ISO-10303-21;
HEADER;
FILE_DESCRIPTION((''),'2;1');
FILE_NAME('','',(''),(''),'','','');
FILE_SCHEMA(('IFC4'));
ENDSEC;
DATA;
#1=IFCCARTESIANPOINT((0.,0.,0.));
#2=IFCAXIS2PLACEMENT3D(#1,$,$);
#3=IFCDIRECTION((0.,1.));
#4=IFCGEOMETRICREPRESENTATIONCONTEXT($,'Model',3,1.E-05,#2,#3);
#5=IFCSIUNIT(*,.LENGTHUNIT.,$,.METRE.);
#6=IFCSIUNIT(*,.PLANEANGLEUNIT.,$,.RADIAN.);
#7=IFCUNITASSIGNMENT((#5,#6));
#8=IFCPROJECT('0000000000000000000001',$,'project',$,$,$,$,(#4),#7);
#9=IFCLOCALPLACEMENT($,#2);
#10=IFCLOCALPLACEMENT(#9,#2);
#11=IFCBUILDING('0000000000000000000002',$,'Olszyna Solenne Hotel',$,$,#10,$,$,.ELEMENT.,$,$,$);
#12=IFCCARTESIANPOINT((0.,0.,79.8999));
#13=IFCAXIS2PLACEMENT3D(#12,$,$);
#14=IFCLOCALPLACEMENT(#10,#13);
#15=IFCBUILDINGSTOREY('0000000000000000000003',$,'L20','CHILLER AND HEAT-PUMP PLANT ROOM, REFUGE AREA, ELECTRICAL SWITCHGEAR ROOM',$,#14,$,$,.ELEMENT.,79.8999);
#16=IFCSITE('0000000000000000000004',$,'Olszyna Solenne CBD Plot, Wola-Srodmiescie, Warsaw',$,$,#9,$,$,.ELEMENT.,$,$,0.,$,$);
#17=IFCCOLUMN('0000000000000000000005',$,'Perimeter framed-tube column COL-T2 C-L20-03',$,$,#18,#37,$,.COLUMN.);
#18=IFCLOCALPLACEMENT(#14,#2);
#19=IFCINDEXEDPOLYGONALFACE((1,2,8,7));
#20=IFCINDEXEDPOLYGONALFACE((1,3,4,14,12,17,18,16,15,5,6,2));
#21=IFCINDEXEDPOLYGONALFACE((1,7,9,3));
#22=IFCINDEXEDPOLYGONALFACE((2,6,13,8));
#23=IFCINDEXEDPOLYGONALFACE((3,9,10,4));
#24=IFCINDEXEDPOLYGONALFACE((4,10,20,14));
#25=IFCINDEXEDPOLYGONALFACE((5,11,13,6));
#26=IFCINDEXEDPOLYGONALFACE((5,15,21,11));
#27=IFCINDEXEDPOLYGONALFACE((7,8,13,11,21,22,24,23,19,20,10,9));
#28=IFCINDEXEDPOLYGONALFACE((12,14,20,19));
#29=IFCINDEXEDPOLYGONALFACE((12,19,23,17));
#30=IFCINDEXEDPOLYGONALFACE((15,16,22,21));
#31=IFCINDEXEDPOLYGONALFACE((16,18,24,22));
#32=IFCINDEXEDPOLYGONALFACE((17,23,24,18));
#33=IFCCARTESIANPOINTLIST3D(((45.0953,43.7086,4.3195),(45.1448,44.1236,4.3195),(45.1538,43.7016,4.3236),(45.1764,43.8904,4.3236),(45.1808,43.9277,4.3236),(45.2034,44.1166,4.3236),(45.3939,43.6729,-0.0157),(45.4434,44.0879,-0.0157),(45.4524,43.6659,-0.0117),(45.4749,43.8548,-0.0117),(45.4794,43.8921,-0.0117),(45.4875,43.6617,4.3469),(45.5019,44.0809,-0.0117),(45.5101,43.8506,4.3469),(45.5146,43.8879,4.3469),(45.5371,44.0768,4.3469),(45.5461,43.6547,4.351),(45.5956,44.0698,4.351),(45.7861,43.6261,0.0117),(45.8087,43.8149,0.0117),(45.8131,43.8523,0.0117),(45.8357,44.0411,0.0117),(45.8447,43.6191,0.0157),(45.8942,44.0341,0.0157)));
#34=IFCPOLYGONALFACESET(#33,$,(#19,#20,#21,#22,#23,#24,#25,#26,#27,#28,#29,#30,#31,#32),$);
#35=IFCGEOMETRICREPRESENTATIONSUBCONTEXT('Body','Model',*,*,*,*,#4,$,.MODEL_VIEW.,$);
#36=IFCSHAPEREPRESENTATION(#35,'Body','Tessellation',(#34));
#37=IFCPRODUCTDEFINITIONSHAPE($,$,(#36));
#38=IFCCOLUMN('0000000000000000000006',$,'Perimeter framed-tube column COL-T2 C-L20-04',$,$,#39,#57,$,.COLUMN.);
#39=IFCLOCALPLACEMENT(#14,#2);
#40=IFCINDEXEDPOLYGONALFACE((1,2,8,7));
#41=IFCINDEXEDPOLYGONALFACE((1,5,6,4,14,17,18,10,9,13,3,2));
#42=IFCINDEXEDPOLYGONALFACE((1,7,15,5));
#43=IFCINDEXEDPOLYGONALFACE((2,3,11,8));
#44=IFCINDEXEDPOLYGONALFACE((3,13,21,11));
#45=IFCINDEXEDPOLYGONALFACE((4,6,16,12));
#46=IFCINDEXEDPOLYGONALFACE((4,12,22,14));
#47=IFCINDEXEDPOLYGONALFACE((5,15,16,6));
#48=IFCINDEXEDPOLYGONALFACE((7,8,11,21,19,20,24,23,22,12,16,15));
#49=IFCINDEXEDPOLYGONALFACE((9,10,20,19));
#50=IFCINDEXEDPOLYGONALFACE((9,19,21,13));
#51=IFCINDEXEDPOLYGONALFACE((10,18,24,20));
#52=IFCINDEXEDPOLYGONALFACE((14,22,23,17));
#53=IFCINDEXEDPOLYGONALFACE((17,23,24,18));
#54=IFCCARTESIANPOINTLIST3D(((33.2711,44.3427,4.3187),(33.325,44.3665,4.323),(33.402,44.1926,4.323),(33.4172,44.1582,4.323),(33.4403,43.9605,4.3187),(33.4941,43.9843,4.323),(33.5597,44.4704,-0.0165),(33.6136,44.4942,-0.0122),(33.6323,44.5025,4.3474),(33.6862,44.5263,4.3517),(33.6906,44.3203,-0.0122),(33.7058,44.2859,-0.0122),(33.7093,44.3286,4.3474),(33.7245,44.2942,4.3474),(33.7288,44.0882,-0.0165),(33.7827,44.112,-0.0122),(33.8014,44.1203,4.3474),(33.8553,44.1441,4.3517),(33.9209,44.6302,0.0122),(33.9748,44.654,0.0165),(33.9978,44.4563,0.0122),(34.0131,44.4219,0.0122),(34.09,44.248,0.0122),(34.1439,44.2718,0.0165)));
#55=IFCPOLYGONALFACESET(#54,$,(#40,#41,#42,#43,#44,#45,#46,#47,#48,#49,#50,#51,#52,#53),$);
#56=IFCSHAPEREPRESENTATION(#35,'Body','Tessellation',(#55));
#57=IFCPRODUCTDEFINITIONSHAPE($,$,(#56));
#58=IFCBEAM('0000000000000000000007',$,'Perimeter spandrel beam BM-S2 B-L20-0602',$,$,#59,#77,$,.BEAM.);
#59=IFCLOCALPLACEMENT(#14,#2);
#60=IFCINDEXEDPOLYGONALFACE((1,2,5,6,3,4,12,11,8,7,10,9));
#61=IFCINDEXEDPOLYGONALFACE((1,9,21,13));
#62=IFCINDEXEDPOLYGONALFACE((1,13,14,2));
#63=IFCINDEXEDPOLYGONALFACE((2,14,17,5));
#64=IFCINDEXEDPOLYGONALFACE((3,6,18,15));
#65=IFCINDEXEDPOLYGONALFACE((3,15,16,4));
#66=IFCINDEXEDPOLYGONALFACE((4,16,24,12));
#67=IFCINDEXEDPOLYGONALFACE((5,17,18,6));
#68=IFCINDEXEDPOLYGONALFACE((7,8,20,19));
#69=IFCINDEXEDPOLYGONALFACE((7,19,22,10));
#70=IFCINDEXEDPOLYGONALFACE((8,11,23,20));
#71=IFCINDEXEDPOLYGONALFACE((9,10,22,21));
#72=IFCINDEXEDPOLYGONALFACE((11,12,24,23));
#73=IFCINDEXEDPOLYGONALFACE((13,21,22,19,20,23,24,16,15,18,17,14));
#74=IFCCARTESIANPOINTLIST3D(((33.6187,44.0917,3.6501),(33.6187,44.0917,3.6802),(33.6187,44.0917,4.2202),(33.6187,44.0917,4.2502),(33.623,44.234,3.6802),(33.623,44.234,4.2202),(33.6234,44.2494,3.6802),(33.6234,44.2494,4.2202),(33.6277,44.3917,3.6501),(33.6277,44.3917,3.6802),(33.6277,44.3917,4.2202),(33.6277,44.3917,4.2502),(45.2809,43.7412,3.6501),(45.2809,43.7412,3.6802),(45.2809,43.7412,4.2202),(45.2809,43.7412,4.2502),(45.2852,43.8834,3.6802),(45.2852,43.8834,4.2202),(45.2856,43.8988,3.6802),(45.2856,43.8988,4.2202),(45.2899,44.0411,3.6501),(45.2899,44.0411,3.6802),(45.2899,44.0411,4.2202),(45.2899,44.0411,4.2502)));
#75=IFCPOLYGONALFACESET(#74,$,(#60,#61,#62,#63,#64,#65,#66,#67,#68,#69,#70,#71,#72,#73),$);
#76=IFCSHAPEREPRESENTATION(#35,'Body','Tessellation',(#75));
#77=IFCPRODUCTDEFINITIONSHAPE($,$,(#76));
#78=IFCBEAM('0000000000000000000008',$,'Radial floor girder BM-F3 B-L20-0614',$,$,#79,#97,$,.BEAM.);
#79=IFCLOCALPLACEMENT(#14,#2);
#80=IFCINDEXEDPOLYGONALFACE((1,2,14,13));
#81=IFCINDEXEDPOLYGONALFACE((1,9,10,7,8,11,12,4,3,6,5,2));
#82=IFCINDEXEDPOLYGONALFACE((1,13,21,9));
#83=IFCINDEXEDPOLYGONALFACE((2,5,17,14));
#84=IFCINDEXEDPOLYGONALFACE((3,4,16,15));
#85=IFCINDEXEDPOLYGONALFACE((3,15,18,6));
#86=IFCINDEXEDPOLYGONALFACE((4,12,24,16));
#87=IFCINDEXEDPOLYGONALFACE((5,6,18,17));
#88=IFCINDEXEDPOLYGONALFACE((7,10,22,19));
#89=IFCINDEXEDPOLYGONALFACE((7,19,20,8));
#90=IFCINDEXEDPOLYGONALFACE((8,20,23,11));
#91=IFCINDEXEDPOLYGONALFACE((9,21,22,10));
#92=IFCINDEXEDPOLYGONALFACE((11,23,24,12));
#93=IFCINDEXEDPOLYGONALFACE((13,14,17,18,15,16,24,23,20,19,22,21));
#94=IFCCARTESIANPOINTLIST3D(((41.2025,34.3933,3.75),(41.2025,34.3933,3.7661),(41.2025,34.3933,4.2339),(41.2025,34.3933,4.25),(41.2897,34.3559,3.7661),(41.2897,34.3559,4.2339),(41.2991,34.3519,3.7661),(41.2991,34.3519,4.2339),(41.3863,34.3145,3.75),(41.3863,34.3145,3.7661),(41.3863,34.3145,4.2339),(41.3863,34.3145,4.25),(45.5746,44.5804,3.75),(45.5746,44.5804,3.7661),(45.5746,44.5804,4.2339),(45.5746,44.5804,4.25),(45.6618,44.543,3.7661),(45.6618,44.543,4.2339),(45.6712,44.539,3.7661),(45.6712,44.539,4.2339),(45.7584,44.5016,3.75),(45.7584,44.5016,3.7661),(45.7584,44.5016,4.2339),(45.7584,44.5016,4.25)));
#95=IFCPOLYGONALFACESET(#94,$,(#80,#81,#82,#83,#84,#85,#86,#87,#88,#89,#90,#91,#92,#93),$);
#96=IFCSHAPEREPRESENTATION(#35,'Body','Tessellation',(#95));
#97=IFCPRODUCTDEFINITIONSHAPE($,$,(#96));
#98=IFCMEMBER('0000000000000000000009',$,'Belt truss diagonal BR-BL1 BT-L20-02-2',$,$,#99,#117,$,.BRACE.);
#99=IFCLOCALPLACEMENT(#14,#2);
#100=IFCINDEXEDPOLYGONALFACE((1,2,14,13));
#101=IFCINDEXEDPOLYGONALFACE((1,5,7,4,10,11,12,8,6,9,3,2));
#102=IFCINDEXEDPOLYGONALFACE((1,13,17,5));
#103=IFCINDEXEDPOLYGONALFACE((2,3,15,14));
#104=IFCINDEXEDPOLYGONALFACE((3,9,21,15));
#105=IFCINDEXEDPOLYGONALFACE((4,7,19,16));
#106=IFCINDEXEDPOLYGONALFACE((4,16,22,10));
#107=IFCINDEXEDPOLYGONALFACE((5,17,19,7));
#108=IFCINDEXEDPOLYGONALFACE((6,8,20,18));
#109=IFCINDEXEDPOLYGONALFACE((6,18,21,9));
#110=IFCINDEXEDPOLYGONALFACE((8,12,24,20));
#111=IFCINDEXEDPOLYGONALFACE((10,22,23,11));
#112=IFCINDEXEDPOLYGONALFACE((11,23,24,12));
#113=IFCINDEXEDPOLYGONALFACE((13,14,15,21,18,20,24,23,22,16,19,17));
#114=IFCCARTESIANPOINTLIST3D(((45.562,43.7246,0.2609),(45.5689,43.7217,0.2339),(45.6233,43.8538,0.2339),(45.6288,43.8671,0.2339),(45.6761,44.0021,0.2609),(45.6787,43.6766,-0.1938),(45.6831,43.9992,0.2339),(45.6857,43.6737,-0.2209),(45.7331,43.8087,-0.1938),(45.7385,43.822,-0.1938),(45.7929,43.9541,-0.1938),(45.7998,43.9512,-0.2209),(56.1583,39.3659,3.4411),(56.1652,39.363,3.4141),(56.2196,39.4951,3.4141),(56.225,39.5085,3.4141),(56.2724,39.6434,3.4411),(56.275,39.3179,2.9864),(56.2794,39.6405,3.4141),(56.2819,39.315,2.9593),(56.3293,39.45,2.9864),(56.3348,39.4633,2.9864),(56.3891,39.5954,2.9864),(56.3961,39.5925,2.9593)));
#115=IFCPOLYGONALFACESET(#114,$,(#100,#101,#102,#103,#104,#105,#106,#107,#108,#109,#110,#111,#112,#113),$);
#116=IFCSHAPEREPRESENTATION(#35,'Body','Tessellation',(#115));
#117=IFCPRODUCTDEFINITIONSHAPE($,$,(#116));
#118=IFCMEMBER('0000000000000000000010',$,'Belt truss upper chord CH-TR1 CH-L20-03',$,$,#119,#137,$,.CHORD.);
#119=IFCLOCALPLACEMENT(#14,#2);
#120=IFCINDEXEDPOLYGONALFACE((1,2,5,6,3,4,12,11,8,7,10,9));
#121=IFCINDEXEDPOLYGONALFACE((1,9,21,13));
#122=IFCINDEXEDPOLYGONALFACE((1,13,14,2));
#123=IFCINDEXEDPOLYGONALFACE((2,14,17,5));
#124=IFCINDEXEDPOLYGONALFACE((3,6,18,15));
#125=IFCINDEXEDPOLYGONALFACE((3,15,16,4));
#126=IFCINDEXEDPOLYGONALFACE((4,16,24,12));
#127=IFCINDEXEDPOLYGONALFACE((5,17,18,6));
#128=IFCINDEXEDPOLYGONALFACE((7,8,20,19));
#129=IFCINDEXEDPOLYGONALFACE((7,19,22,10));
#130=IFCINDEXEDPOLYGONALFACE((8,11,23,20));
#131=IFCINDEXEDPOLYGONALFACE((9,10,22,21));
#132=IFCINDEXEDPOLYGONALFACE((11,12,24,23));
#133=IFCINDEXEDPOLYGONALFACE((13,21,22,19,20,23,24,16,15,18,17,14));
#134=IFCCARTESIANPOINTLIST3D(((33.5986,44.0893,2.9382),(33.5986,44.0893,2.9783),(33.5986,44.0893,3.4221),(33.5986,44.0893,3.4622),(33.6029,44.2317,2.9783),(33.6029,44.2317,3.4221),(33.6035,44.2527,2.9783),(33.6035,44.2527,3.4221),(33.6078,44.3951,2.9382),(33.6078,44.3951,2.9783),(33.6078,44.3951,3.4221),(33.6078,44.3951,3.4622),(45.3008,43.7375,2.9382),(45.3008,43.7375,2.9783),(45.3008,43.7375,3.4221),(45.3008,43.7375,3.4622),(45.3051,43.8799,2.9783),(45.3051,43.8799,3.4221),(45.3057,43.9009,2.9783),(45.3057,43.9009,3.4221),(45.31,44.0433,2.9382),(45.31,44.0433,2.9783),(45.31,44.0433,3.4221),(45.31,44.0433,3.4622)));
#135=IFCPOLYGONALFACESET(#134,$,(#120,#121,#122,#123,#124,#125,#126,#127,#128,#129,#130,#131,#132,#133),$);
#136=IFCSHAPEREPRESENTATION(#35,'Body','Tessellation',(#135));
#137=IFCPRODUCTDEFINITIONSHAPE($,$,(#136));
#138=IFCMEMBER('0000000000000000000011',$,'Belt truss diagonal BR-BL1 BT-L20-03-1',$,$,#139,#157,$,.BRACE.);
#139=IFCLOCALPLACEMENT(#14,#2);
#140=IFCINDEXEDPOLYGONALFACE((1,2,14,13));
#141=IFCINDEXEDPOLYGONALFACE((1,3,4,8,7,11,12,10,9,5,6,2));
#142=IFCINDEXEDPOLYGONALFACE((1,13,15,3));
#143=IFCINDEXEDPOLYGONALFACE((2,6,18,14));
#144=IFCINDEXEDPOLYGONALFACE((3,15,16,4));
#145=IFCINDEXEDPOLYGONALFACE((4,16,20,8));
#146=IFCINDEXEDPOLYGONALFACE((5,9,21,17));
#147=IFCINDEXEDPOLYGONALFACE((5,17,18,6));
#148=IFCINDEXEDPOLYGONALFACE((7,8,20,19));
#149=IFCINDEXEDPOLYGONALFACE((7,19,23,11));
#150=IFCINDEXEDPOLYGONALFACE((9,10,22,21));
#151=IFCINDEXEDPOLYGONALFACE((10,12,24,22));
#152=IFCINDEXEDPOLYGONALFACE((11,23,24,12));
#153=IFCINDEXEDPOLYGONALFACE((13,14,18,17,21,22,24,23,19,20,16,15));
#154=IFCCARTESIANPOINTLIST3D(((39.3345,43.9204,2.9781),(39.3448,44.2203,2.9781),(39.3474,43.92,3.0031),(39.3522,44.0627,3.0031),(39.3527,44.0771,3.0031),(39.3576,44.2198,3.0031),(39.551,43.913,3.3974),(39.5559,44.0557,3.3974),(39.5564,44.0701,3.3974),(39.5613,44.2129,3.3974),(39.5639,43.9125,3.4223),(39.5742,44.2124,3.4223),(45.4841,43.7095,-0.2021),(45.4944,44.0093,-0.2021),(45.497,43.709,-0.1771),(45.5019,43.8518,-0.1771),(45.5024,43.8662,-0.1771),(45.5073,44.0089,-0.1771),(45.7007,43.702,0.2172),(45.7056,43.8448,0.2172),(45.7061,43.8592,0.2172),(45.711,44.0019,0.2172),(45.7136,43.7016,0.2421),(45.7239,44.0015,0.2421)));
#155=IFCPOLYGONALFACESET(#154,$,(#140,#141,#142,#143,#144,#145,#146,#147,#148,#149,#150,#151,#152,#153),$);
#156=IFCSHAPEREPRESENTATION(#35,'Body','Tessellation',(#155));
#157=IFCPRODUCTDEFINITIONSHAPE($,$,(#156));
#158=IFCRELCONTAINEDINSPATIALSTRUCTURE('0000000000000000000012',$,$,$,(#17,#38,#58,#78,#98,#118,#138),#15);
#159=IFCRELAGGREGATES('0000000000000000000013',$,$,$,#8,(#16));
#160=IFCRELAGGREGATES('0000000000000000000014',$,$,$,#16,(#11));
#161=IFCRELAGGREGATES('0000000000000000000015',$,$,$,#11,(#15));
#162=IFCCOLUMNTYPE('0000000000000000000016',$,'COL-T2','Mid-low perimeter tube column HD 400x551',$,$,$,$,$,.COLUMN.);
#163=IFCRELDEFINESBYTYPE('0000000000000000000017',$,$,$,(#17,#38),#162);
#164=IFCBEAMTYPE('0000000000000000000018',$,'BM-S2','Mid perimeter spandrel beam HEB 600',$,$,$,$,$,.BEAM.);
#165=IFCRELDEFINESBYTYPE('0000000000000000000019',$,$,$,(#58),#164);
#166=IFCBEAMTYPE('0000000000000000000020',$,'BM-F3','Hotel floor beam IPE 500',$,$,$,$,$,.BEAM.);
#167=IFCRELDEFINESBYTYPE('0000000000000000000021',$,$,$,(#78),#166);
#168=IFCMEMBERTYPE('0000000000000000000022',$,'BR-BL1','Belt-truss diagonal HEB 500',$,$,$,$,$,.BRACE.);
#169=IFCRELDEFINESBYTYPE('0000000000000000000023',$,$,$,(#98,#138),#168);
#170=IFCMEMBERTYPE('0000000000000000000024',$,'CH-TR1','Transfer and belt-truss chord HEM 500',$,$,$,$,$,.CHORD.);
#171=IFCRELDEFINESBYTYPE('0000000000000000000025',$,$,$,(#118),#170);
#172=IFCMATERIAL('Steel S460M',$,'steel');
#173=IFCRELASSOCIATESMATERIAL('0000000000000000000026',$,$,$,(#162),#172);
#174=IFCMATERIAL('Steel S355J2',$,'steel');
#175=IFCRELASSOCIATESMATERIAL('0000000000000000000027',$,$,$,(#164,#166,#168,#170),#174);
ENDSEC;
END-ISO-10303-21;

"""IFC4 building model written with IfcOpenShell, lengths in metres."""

from ifc_helpers import new_model, si_unit, direction, frame, origin, origin_2d, place, context, subcontext, project, spatial, i_section, extrude, source, transform, mapped, material, material_profile, profile_set, type_object, element, save


model = new_model("IFC4")

# Units and contexts
model_context = context("Model", 3, precision=1e-05, world=origin(), true_north=direction((0.0, 1.0)))
body_context = subcontext(model_context, "Body", "Model", "MODEL_VIEW")
ifc_project = project(units=[si_unit("LENGTHUNIT", "METRE"), si_unit("PLANEANGLEUNIT", "RADIAN")], contexts=[model_context])

# Site, building, storey
site_placement = place(None, origin())
site = spatial("IfcSite", under=ifc_project, at=site_placement, Name="Olszyna Solenne CBD Plot, Wola-Srodmiescie, Warsaw", CompositionType="ELEMENT", RefElevation=0.0)
building_placement = place(site_placement, origin())
building = spatial("IfcBuilding", under=site, at=building_placement, Name="Olszyna Solenne Hotel", CompositionType="ELEMENT")
storey_placement = place(building_placement, frame((0.0, 0.0, 79.8999)))
storey = spatial("IfcBuildingStorey", under=building, at=storey_placement, Name="L20", Description="CHILLER AND HEAT-PUMP PLANT ROOM, REFUGE AREA, ELECTRICAL SWITCHGEAR ROOM", CompositionType="ELEMENT", Elevation=79.8999)

# Columns
ifc_material_1 = material(Name="Steel S460M", Category="steel")
ifc_material_profile_1 = material_profile(ifc_material_1, i_section(OverallWidth=0.418, OverallDepth=0.4551, WebThickness=0.0376, FlangeThickness=0.0591, at=origin_2d()), Name="HD 400x551", Category="load-bearing")
ifc_profile_set_1 = profile_set([ifc_material_profile_1], Name="Steel S460M")
column_type = type_object("IfcColumnType", Name="COL-T2", Description="Mid-low perimeter tube column HD 400x551", PredefinedType="COLUMN", material=ifc_profile_set_1)
shared_shape_1 = source(origin(), body_context, "Body", "SweptSolid", [
    extrude(i_section(OverallWidth=0.418, OverallDepth=0.4551, WebThickness=0.0376, FlangeThickness=0.0591, at=origin_2d()), origin(), (0.0, 0.0, 1.0), 4.3457),
])
column_1_placement = place(storey_placement, frame((45.644, 43.8535, 0.0), z_axis=(-0.068709, 0.008202, 0.997603), x_axis=(-0.118537, -0.99295, 0.0)))
element("IfcColumn", 1, at=column_1_placement, inside=storey, type_object=column_type, Name="Perimeter framed-tube column COL-T2 C-L20-03", PredefinedType="COLUMN", context=body_context, shape_type="MappedRepresentation", body=[
    mapped(shared_shape_1, transform((0.0, 0.0, 0.0), x_axis=(1.0, 0.0, 0.0), y_axis=(0.0, 1.0, 0.0), z_axis=(0.0, 0.0, 1.0), scale=1.0)),
])
shared_shape_2 = source(origin(), body_context, "Body", "SweptSolid", [
    extrude(i_section(OverallWidth=0.418, OverallDepth=0.4551, WebThickness=0.0376, FlangeThickness=0.0591, at=origin_2d()), origin(), (0.0, 0.0, 1.0), 4.3467),
])
column_2_placement = place(storey_placement, frame((33.8518, 44.3711, 0.0), z_axis=(-0.06639, -0.029375, 0.997361), x_axis=(0.40463, -0.91448, 0.0)))
element("IfcColumn", 2, at=column_2_placement, inside=storey, type_object=column_type, Name="Perimeter framed-tube column COL-T2 C-L20-04", PredefinedType="COLUMN", context=body_context, shape_type="MappedRepresentation", body=[
    mapped(shared_shape_2, transform((0.0, 0.0, 0.0), x_axis=(1.0, 0.0, 0.0), y_axis=(0.0, 1.0, 0.0), z_axis=(0.0, 0.0, 1.0), scale=1.0)),
])

# Beams
ifc_material_2 = material(Name="Steel S355J2", Category="steel")
ifc_material_profile_2 = material_profile(ifc_material_2, i_section(OverallWidth=0.3, OverallDepth=0.6001, WebThickness=0.0154, FlangeThickness=0.03, at=origin_2d()), Name="HEB 600", Category="load-bearing")
ifc_profile_set_2 = profile_set([ifc_material_profile_2], Name="Steel S355J2")
beam_type_1 = type_object("IfcBeamType", Name="BM-S2", Description="Mid perimeter spandrel beam HEB 600", PredefinedType="BEAM", material=ifc_profile_set_2)
shared_shape_3 = source(origin(), body_context, "Body", "SweptSolid", [
    extrude(i_section(OverallWidth=0.3, OverallDepth=0.6001, WebThickness=0.0154, FlangeThickness=0.03, at=origin_2d()), origin(), (0.0, 0.0, 1.0), 11.6675),
])
beam_1_placement = place(storey_placement, frame((45.2854, 43.8911, 3.9502), z_axis=(-0.999548, 0.030048, 0.0), x_axis=(-0.030048, -0.999548, 0.0)))
element("IfcBeam", 3, at=beam_1_placement, inside=storey, type_object=beam_type_1, Name="Perimeter spandrel beam BM-S2 B-L20-0602", PredefinedType="BEAM", context=body_context, shape_type="MappedRepresentation", body=[
    mapped(shared_shape_3, transform((0.0, 0.0, 0.0), x_axis=(1.0, 0.0, 0.0), y_axis=(0.0, 1.0, 0.0), z_axis=(0.0, 0.0, 1.0), scale=1.0)),
])
ifc_material_profile_3 = material_profile(ifc_material_2, i_section(OverallWidth=0.2, OverallDepth=0.5, WebThickness=0.0103, FlangeThickness=0.0161, at=origin_2d()), Name="IPE 500", Category="load-bearing")
ifc_profile_set_3 = profile_set([ifc_material_profile_3], Name="Steel S355J2")
beam_type_2 = type_object("IfcBeamType", Name="BM-F3", Description="Hotel floor beam IPE 500", PredefinedType="BEAM", material=ifc_profile_set_3)
shared_shape_4 = source(origin(), body_context, "Body", "SweptSolid", [
    extrude(i_section(OverallWidth=0.2, OverallDepth=0.5, WebThickness=0.0103, FlangeThickness=0.0161, at=origin_2d()), origin(), (0.0, 0.0, 1.0), 11.0857),
])
beam_2_placement = place(storey_placement, frame((45.6665, 44.541, 4.0), z_axis=(-0.394392, -0.918942, 0.0), x_axis=(0.918942, -0.394392, 0.0)))
element("IfcBeam", 4, at=beam_2_placement, inside=storey, type_object=beam_type_2, Name="Radial floor girder BM-F3 B-L20-0614", PredefinedType="BEAM", context=body_context, shape_type="MappedRepresentation", body=[
    mapped(shared_shape_4, transform((0.0, 0.0, 0.0), x_axis=(1.0, 0.0, 0.0), y_axis=(0.0, 1.0, 0.0), z_axis=(0.0, 0.0, 1.0), scale=1.0)),
])

# Members
ifc_material_profile_4 = material_profile(ifc_material_2, i_section(OverallWidth=0.3, OverallDepth=0.5, WebThickness=0.0144, FlangeThickness=0.0281, at=origin_2d()), Name="HEB 500", Category="load-bearing")
ifc_profile_set_4 = profile_set([ifc_material_profile_4], Name="Steel S355J2")
member_type_1 = type_object("IfcMemberType", Name="BR-BL1", Description="Belt-truss diagonal HEB 500", PredefinedType="BRACE", material=ifc_profile_set_4)
shared_shape_5 = source(origin(), body_context, "Body", "SweptSolid", [
    extrude(i_section(OverallWidth=0.3, OverallDepth=0.5, WebThickness=0.0144, FlangeThickness=0.0281, at=origin_2d()), origin(), (0.0, 0.0, 1.0), 11.8909),
])
member_1_placement = place(storey_placement, frame((45.6809, 43.8379, 0.02), z_axis=(0.891127, -0.366557, 0.267449), x_axis=(0.380414, 0.924816, 0.0)))
element("IfcMember", 5, at=member_1_placement, inside=storey, type_object=member_type_1, Name="Belt truss diagonal BR-BL1 BT-L20-02-2", PredefinedType="BRACE", context=body_context, shape_type="MappedRepresentation", body=[
    mapped(shared_shape_5, transform((0.0, 0.0, 0.0), x_axis=(1.0, 0.0, 0.0), y_axis=(0.0, 1.0, 0.0), z_axis=(0.0, 0.0, 1.0), scale=1.0)),
])
ifc_material_profile_5 = material_profile(ifc_material_2, i_section(OverallWidth=0.3059, OverallDepth=0.5239, WebThickness=0.021, FlangeThickness=0.04, at=origin_2d()), Name="HEM 500", Category="load-bearing")
ifc_profile_set_5 = profile_set([ifc_material_profile_5], Name="Steel S355J2")
member_type_2 = type_object("IfcMemberType", Name="CH-TR1", Description="Transfer and belt-truss chord HEM 500", PredefinedType="CHORD", material=ifc_profile_set_5)
shared_shape_6 = source(origin(), body_context, "Body", "SweptSolid", [
    extrude(i_section(OverallWidth=0.3059, OverallDepth=0.5239, WebThickness=0.021, FlangeThickness=0.04, at=origin_2d()), origin(), (0.0, 0.0, 1.0), 11.7075),
])
member_2_placement = place(storey_placement, frame((45.3054, 43.8904, 3.2002), z_axis=(-0.999548, 0.03005, 0.0), x_axis=(-0.03005, -0.999548, 0.0)))
element("IfcMember", 6, at=member_2_placement, inside=storey, type_object=member_type_2, Name="Belt truss upper chord CH-TR1 CH-L20-03", PredefinedType="CHORD", context=body_context, shape_type="MappedRepresentation", body=[
    mapped(shared_shape_6, transform((0.0, 0.0, 0.0), x_axis=(1.0, 0.0, 0.0), y_axis=(0.0, 1.0, 0.0), z_axis=(0.0, 0.0, 1.0), scale=1.0)),
])
shared_shape_7 = source(origin(), body_context, "Body", "SweptSolid", [
    extrude(i_section(OverallWidth=0.3, OverallDepth=0.5, WebThickness=0.0144, FlangeThickness=0.0281, at=origin_2d()), origin(), (0.0, 0.0, 1.0), 6.9265),
])
member_3_placement = place(storey_placement, frame((45.604, 43.8555, 0.02), z_axis=(-0.887846, 0.030454, 0.459132), x_axis=(-0.034281, -0.999412, 0.0)))
element("IfcMember", 7, at=member_3_placement, inside=storey, type_object=member_type_1, Name="Belt truss diagonal BR-BL1 BT-L20-03-1", PredefinedType="BRACE", context=body_context, shape_type="MappedRepresentation", body=[
    mapped(shared_shape_7, transform((0.0, 0.0, 0.0), x_axis=(1.0, 0.0, 0.0), y_axis=(0.0, 1.0, 0.0), z_axis=(0.0, 0.0, 1.0), scale=1.0)),
])

save(model, "model.ifc")
